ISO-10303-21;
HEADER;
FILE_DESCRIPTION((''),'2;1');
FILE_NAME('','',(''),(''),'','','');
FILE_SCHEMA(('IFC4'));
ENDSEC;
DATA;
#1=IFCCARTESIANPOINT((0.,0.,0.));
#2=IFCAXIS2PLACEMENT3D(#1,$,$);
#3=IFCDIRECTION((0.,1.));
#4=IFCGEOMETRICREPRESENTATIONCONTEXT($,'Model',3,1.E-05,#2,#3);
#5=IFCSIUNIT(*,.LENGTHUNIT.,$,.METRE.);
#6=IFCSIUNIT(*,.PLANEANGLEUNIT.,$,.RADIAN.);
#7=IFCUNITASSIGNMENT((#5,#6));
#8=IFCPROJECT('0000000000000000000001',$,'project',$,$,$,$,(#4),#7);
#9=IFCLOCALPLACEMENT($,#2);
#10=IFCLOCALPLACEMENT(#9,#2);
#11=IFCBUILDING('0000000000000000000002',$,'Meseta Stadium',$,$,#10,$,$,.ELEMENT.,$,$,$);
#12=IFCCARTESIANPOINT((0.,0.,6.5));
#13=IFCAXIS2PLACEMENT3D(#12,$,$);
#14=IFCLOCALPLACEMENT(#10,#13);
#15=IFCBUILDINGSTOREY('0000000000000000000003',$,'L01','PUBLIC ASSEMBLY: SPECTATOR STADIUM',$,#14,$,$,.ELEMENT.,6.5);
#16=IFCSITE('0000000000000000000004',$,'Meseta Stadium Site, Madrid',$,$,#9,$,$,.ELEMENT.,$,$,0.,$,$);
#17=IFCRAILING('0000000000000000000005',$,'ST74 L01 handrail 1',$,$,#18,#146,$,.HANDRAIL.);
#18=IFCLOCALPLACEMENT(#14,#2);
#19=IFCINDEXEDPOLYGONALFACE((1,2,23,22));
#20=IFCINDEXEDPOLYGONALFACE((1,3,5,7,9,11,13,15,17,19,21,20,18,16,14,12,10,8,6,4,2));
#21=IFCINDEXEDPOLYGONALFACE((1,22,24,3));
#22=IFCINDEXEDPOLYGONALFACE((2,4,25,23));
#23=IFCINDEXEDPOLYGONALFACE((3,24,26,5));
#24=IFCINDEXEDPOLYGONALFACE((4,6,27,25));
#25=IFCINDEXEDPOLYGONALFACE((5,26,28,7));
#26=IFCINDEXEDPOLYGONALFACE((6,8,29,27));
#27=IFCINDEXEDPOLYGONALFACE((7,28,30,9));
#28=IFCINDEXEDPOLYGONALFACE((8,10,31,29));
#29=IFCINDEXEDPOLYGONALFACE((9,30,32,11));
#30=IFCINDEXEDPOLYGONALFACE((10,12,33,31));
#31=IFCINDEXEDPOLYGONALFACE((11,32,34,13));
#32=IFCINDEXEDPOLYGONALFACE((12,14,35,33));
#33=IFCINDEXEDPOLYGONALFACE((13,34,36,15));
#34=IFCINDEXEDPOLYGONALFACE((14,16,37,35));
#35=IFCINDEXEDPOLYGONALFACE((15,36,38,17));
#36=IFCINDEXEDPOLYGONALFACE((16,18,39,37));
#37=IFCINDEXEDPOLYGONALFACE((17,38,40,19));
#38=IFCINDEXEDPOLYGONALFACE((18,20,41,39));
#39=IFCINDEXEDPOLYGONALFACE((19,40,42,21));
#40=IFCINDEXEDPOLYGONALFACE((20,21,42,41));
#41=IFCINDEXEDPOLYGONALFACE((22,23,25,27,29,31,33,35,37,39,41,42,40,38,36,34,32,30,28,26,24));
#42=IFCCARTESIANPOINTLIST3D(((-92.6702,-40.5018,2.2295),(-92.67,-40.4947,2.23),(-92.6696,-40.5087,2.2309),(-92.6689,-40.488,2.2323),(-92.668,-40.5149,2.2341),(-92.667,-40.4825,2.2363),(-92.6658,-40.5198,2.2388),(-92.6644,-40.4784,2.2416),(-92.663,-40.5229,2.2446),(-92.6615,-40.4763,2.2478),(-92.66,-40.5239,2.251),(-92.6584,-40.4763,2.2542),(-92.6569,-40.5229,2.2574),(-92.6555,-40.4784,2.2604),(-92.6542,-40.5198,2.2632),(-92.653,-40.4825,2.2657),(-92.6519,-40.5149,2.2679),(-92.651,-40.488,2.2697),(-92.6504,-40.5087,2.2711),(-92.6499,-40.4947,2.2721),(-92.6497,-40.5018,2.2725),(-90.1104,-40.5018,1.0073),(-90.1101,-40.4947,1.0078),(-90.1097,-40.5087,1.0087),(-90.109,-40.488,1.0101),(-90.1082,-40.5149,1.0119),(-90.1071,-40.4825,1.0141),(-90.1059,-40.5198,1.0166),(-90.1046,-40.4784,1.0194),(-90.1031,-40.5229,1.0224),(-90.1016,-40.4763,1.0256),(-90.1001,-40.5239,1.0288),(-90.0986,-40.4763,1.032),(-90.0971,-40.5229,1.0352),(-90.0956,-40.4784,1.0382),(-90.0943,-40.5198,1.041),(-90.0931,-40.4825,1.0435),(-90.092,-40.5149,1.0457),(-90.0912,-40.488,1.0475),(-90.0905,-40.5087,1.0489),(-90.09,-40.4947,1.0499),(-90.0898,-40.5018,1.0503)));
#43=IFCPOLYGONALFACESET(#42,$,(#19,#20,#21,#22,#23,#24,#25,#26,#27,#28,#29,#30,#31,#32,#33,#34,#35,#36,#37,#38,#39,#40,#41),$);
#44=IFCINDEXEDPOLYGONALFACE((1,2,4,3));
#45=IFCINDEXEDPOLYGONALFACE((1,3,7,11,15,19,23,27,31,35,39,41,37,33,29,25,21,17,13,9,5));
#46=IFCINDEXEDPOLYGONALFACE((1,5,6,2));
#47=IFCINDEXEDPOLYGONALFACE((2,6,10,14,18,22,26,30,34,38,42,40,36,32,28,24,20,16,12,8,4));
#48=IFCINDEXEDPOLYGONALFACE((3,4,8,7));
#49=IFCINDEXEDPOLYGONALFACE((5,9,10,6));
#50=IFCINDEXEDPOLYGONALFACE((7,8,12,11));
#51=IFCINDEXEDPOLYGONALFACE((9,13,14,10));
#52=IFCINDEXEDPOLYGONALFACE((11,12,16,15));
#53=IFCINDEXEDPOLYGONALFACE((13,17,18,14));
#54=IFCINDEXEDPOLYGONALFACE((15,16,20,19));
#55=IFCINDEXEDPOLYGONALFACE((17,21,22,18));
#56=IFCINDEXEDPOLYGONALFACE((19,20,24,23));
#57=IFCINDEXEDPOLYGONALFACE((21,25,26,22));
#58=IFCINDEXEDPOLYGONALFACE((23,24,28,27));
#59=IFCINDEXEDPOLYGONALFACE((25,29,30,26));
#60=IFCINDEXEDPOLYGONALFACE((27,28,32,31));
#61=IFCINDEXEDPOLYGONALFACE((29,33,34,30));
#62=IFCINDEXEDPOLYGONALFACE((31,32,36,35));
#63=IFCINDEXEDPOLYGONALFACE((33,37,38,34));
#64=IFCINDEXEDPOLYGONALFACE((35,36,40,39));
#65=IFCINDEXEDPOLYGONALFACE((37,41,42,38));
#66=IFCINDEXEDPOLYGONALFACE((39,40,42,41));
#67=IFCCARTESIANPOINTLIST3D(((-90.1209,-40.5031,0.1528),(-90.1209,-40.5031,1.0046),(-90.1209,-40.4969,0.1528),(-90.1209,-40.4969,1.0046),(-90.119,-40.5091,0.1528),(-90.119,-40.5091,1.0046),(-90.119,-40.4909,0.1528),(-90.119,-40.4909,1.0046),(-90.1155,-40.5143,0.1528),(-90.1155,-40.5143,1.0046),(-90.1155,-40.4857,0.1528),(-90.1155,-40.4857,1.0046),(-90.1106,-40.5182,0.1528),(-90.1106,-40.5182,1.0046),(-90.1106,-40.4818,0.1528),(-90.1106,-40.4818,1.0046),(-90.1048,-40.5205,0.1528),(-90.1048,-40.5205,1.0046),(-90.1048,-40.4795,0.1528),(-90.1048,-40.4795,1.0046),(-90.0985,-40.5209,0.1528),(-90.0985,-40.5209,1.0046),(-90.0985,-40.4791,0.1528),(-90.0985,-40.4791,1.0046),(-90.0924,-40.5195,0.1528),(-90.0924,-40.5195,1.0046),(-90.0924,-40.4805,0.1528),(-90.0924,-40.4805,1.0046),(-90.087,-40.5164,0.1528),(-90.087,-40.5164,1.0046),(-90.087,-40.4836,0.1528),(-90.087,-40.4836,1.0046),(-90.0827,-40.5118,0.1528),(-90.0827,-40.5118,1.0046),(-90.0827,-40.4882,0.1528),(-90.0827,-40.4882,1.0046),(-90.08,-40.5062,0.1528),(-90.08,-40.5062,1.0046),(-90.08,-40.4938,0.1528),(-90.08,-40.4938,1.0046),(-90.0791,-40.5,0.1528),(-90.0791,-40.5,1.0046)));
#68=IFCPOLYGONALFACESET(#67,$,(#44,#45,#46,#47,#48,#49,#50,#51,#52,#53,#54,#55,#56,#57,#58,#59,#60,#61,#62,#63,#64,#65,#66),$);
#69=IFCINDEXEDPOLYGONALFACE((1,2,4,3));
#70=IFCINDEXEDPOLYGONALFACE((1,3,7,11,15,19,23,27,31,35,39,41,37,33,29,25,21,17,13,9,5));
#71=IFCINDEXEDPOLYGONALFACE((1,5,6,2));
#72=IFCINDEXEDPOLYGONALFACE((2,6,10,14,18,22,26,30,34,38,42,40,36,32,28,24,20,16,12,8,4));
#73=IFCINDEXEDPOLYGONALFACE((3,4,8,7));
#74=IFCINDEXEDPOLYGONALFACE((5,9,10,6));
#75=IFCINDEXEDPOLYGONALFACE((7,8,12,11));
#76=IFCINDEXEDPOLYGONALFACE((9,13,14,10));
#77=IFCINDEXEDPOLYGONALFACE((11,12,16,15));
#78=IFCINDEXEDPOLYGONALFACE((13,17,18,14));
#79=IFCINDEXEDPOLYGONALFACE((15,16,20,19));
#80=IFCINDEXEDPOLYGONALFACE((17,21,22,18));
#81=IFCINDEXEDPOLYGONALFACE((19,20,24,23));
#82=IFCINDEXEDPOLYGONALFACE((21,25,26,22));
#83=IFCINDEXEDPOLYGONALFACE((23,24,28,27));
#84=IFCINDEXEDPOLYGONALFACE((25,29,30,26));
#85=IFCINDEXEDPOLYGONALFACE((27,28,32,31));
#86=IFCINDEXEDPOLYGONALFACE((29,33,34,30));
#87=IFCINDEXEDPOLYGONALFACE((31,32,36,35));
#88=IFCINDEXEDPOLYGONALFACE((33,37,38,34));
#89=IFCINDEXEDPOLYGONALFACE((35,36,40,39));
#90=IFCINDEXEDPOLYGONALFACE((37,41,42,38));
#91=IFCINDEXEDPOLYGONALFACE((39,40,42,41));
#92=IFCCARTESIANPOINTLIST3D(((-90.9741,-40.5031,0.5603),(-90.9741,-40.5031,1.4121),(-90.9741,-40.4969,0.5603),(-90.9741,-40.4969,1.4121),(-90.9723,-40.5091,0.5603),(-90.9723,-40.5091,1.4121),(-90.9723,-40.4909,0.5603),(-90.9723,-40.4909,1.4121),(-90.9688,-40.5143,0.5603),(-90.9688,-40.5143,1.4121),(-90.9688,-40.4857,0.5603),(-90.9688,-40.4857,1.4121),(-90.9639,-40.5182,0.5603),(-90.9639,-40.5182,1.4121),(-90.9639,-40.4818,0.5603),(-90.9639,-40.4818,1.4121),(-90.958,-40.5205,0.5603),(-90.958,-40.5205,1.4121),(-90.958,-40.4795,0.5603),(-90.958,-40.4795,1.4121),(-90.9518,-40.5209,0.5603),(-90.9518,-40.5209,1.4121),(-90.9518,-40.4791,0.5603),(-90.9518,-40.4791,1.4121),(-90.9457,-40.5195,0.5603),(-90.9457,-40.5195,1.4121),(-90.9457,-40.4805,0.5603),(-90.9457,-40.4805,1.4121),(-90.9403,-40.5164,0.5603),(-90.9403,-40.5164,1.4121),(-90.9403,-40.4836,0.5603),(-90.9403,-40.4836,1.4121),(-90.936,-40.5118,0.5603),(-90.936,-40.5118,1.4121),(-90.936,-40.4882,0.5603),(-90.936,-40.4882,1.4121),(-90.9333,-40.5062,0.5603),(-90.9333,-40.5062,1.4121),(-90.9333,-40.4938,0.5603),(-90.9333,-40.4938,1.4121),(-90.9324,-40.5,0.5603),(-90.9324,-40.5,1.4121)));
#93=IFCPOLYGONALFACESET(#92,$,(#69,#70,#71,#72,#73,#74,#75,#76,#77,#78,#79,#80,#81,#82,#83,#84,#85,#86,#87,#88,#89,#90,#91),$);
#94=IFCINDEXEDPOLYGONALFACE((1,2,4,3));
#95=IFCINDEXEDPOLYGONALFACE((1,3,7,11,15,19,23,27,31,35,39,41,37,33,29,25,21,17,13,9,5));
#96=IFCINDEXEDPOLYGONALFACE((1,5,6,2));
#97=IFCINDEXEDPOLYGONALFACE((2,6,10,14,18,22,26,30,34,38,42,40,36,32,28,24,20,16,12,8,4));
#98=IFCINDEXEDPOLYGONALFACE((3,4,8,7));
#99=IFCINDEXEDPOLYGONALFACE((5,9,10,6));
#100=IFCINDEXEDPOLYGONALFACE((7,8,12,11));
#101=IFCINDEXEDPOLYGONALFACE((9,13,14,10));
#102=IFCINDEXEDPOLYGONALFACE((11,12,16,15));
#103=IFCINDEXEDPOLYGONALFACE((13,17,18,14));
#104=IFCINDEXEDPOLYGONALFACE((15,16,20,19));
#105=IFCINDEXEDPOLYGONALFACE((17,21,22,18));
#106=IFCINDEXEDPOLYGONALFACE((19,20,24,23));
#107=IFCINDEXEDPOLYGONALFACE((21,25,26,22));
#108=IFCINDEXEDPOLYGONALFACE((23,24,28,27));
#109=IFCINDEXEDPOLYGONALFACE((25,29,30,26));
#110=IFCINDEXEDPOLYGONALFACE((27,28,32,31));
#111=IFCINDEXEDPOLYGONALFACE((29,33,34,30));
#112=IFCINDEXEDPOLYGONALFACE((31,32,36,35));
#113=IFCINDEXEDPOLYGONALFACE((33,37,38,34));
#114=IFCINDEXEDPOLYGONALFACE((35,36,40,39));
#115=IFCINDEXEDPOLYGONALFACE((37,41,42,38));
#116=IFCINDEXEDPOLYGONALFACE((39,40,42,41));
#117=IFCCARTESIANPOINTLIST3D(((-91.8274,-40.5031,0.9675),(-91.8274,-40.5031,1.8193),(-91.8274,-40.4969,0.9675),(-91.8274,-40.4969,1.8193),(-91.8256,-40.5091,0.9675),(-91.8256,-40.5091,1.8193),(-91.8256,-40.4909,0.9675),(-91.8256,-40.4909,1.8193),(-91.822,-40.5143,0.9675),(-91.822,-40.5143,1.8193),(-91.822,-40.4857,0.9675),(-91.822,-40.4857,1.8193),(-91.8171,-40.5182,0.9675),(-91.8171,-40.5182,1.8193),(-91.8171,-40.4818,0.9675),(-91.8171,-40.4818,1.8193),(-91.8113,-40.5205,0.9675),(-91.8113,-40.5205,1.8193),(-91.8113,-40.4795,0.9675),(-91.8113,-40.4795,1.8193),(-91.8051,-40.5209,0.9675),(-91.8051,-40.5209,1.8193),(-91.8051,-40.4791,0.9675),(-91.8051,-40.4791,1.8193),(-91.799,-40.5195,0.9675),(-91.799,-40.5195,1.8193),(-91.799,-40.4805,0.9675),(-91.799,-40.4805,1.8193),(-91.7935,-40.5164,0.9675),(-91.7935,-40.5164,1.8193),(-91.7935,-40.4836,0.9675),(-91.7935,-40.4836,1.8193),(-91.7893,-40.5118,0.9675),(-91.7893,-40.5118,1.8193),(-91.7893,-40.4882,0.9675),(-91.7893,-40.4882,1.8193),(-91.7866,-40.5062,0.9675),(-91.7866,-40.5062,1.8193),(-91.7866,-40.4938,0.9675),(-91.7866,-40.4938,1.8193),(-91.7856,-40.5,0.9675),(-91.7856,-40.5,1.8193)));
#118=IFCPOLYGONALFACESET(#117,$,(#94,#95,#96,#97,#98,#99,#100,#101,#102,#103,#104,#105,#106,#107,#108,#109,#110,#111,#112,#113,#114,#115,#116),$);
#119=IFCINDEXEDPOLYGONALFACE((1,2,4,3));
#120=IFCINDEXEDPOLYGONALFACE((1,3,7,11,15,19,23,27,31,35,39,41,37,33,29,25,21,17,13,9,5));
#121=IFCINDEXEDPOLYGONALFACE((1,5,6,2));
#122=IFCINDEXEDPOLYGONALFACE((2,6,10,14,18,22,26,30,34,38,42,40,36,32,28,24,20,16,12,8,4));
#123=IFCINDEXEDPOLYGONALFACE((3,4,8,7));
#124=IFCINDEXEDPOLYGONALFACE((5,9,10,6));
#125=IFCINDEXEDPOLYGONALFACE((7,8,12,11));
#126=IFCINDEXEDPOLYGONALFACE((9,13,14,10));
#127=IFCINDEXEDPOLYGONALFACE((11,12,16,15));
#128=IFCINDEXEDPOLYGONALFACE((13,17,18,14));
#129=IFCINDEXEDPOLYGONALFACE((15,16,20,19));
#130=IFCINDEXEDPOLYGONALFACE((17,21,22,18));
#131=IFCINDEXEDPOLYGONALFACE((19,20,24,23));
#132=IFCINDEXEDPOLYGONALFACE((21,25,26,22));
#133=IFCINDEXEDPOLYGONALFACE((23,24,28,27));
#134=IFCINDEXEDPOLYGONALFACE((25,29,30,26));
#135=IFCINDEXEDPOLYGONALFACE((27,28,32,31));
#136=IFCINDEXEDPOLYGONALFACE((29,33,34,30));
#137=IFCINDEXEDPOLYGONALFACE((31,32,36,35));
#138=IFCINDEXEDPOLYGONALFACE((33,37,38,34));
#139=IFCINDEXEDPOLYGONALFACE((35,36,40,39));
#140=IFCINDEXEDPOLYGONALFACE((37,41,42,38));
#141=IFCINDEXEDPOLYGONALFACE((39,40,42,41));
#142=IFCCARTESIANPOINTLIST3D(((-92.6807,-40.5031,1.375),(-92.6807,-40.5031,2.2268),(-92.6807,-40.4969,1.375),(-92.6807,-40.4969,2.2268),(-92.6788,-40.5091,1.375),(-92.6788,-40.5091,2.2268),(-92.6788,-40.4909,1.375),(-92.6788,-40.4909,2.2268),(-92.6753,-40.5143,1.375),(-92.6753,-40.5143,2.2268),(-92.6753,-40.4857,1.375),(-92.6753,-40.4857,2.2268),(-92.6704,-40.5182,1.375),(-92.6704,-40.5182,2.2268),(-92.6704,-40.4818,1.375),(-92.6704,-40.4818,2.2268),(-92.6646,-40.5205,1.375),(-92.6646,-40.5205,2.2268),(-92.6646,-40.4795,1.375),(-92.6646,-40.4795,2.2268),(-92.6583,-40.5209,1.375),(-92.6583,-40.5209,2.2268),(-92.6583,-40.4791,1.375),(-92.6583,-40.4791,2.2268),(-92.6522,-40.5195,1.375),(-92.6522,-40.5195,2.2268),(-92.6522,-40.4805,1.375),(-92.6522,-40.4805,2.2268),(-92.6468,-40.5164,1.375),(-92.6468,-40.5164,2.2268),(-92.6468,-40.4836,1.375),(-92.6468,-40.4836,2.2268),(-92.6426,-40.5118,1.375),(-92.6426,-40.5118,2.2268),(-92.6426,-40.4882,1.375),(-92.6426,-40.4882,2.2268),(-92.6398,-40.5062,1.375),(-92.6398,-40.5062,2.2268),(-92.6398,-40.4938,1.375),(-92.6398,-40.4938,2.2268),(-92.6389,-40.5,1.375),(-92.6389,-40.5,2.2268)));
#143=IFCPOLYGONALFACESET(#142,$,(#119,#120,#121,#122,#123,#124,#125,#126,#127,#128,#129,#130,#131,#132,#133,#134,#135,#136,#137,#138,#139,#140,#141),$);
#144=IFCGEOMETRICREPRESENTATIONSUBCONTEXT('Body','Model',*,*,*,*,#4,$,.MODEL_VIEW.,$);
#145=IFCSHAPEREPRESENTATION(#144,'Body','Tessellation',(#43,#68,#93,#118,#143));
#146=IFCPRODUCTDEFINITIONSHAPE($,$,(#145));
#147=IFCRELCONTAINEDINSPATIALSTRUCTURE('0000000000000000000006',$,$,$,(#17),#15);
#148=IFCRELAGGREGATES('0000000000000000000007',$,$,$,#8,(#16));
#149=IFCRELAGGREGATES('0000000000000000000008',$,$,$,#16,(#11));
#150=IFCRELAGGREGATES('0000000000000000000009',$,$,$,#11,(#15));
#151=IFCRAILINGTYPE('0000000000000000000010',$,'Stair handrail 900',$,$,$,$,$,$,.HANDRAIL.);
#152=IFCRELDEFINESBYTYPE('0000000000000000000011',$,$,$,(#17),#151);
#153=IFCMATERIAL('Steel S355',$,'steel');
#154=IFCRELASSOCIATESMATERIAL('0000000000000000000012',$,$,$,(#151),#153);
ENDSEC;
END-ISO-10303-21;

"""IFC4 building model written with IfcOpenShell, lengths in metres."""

from ifc_helpers import new_model, si_unit, direction, frame, origin, origin_2d, place, context, subcontext, project, spatial, circle, extrude, material, type_object, element, save


model = new_model("IFC4")

# Units and contexts
model_context = context("Model", 3, precision=1e-05, world=origin(), true_north=direction((0.0, 1.0)))
body_context = subcontext(model_context, "Body", "Model", "MODEL_VIEW")
ifc_project = project(units=[si_unit("LENGTHUNIT", "METRE"), si_unit("PLANEANGLEUNIT", "RADIAN")], contexts=[model_context])

# Site, building, storey
site_placement = place(None, origin())
site = spatial("IfcSite", under=ifc_project, at=site_placement, Name="Meseta Stadium Site, Madrid", CompositionType="ELEMENT", RefElevation=0.0)
building_placement = place(site_placement, origin())
building = spatial("IfcBuilding", under=site, at=building_placement, Name="Meseta Stadium", CompositionType="ELEMENT")
storey_placement = place(building_placement, frame((0.0, 0.0, 6.5)))
storey = spatial("IfcBuildingStorey", under=building, at=storey_placement, Name="L01", Description="PUBLIC ASSEMBLY: SPECTATOR STADIUM", CompositionType="ELEMENT", Elevation=6.5)

# Railing
ifc_material_1 = material(Name="Steel S355", Category="steel")
railing_type_1 = type_object("IfcRailingType", Name="Stair handrail 900", PredefinedType="HANDRAIL", material=ifc_material_1)
for number, where, name in (
    (1, (-90.1001, -40.5, 0.1528), "ST74 L01 handrail 1"),
):
    element("IfcRailing", number, at=place(storey_placement, frame(where)), inside=storey, type_object=railing_type_1, Name=name, PredefinedType="HANDRAIL", context=body_context, shape_type="SweptSolid", body=[
        extrude(circle(Radius=0.0239, at=origin_2d()), frame((0.0, 0.0, 0.876), z_axis=(-0.902421, 0.0, 0.430855), x_axis=(0.0, -1.0, 0.0)), (0.0, 0.0, 1.0), 2.8367),
        extrude(circle(Radius=0.021, at=origin_2d()), origin(), (0.0, 0.0, 1.0), 0.8518),
        extrude(circle(Radius=0.021, at=origin_2d()), frame((-0.8533, 0.0, 0.4075)), (0.0, 0.0, 1.0), 0.8518),
        extrude(circle(Radius=0.021, at=origin_2d()), frame((-1.7065, 0.0, 0.8147)), (0.0, 0.0, 1.0), 0.8518),
        extrude(circle(Radius=0.021, at=origin_2d()), frame((-2.5598, 0.0, 1.2222)), (0.0, 0.0, 1.0), 0.8518),
    ])

save(model, "model.ifc")
